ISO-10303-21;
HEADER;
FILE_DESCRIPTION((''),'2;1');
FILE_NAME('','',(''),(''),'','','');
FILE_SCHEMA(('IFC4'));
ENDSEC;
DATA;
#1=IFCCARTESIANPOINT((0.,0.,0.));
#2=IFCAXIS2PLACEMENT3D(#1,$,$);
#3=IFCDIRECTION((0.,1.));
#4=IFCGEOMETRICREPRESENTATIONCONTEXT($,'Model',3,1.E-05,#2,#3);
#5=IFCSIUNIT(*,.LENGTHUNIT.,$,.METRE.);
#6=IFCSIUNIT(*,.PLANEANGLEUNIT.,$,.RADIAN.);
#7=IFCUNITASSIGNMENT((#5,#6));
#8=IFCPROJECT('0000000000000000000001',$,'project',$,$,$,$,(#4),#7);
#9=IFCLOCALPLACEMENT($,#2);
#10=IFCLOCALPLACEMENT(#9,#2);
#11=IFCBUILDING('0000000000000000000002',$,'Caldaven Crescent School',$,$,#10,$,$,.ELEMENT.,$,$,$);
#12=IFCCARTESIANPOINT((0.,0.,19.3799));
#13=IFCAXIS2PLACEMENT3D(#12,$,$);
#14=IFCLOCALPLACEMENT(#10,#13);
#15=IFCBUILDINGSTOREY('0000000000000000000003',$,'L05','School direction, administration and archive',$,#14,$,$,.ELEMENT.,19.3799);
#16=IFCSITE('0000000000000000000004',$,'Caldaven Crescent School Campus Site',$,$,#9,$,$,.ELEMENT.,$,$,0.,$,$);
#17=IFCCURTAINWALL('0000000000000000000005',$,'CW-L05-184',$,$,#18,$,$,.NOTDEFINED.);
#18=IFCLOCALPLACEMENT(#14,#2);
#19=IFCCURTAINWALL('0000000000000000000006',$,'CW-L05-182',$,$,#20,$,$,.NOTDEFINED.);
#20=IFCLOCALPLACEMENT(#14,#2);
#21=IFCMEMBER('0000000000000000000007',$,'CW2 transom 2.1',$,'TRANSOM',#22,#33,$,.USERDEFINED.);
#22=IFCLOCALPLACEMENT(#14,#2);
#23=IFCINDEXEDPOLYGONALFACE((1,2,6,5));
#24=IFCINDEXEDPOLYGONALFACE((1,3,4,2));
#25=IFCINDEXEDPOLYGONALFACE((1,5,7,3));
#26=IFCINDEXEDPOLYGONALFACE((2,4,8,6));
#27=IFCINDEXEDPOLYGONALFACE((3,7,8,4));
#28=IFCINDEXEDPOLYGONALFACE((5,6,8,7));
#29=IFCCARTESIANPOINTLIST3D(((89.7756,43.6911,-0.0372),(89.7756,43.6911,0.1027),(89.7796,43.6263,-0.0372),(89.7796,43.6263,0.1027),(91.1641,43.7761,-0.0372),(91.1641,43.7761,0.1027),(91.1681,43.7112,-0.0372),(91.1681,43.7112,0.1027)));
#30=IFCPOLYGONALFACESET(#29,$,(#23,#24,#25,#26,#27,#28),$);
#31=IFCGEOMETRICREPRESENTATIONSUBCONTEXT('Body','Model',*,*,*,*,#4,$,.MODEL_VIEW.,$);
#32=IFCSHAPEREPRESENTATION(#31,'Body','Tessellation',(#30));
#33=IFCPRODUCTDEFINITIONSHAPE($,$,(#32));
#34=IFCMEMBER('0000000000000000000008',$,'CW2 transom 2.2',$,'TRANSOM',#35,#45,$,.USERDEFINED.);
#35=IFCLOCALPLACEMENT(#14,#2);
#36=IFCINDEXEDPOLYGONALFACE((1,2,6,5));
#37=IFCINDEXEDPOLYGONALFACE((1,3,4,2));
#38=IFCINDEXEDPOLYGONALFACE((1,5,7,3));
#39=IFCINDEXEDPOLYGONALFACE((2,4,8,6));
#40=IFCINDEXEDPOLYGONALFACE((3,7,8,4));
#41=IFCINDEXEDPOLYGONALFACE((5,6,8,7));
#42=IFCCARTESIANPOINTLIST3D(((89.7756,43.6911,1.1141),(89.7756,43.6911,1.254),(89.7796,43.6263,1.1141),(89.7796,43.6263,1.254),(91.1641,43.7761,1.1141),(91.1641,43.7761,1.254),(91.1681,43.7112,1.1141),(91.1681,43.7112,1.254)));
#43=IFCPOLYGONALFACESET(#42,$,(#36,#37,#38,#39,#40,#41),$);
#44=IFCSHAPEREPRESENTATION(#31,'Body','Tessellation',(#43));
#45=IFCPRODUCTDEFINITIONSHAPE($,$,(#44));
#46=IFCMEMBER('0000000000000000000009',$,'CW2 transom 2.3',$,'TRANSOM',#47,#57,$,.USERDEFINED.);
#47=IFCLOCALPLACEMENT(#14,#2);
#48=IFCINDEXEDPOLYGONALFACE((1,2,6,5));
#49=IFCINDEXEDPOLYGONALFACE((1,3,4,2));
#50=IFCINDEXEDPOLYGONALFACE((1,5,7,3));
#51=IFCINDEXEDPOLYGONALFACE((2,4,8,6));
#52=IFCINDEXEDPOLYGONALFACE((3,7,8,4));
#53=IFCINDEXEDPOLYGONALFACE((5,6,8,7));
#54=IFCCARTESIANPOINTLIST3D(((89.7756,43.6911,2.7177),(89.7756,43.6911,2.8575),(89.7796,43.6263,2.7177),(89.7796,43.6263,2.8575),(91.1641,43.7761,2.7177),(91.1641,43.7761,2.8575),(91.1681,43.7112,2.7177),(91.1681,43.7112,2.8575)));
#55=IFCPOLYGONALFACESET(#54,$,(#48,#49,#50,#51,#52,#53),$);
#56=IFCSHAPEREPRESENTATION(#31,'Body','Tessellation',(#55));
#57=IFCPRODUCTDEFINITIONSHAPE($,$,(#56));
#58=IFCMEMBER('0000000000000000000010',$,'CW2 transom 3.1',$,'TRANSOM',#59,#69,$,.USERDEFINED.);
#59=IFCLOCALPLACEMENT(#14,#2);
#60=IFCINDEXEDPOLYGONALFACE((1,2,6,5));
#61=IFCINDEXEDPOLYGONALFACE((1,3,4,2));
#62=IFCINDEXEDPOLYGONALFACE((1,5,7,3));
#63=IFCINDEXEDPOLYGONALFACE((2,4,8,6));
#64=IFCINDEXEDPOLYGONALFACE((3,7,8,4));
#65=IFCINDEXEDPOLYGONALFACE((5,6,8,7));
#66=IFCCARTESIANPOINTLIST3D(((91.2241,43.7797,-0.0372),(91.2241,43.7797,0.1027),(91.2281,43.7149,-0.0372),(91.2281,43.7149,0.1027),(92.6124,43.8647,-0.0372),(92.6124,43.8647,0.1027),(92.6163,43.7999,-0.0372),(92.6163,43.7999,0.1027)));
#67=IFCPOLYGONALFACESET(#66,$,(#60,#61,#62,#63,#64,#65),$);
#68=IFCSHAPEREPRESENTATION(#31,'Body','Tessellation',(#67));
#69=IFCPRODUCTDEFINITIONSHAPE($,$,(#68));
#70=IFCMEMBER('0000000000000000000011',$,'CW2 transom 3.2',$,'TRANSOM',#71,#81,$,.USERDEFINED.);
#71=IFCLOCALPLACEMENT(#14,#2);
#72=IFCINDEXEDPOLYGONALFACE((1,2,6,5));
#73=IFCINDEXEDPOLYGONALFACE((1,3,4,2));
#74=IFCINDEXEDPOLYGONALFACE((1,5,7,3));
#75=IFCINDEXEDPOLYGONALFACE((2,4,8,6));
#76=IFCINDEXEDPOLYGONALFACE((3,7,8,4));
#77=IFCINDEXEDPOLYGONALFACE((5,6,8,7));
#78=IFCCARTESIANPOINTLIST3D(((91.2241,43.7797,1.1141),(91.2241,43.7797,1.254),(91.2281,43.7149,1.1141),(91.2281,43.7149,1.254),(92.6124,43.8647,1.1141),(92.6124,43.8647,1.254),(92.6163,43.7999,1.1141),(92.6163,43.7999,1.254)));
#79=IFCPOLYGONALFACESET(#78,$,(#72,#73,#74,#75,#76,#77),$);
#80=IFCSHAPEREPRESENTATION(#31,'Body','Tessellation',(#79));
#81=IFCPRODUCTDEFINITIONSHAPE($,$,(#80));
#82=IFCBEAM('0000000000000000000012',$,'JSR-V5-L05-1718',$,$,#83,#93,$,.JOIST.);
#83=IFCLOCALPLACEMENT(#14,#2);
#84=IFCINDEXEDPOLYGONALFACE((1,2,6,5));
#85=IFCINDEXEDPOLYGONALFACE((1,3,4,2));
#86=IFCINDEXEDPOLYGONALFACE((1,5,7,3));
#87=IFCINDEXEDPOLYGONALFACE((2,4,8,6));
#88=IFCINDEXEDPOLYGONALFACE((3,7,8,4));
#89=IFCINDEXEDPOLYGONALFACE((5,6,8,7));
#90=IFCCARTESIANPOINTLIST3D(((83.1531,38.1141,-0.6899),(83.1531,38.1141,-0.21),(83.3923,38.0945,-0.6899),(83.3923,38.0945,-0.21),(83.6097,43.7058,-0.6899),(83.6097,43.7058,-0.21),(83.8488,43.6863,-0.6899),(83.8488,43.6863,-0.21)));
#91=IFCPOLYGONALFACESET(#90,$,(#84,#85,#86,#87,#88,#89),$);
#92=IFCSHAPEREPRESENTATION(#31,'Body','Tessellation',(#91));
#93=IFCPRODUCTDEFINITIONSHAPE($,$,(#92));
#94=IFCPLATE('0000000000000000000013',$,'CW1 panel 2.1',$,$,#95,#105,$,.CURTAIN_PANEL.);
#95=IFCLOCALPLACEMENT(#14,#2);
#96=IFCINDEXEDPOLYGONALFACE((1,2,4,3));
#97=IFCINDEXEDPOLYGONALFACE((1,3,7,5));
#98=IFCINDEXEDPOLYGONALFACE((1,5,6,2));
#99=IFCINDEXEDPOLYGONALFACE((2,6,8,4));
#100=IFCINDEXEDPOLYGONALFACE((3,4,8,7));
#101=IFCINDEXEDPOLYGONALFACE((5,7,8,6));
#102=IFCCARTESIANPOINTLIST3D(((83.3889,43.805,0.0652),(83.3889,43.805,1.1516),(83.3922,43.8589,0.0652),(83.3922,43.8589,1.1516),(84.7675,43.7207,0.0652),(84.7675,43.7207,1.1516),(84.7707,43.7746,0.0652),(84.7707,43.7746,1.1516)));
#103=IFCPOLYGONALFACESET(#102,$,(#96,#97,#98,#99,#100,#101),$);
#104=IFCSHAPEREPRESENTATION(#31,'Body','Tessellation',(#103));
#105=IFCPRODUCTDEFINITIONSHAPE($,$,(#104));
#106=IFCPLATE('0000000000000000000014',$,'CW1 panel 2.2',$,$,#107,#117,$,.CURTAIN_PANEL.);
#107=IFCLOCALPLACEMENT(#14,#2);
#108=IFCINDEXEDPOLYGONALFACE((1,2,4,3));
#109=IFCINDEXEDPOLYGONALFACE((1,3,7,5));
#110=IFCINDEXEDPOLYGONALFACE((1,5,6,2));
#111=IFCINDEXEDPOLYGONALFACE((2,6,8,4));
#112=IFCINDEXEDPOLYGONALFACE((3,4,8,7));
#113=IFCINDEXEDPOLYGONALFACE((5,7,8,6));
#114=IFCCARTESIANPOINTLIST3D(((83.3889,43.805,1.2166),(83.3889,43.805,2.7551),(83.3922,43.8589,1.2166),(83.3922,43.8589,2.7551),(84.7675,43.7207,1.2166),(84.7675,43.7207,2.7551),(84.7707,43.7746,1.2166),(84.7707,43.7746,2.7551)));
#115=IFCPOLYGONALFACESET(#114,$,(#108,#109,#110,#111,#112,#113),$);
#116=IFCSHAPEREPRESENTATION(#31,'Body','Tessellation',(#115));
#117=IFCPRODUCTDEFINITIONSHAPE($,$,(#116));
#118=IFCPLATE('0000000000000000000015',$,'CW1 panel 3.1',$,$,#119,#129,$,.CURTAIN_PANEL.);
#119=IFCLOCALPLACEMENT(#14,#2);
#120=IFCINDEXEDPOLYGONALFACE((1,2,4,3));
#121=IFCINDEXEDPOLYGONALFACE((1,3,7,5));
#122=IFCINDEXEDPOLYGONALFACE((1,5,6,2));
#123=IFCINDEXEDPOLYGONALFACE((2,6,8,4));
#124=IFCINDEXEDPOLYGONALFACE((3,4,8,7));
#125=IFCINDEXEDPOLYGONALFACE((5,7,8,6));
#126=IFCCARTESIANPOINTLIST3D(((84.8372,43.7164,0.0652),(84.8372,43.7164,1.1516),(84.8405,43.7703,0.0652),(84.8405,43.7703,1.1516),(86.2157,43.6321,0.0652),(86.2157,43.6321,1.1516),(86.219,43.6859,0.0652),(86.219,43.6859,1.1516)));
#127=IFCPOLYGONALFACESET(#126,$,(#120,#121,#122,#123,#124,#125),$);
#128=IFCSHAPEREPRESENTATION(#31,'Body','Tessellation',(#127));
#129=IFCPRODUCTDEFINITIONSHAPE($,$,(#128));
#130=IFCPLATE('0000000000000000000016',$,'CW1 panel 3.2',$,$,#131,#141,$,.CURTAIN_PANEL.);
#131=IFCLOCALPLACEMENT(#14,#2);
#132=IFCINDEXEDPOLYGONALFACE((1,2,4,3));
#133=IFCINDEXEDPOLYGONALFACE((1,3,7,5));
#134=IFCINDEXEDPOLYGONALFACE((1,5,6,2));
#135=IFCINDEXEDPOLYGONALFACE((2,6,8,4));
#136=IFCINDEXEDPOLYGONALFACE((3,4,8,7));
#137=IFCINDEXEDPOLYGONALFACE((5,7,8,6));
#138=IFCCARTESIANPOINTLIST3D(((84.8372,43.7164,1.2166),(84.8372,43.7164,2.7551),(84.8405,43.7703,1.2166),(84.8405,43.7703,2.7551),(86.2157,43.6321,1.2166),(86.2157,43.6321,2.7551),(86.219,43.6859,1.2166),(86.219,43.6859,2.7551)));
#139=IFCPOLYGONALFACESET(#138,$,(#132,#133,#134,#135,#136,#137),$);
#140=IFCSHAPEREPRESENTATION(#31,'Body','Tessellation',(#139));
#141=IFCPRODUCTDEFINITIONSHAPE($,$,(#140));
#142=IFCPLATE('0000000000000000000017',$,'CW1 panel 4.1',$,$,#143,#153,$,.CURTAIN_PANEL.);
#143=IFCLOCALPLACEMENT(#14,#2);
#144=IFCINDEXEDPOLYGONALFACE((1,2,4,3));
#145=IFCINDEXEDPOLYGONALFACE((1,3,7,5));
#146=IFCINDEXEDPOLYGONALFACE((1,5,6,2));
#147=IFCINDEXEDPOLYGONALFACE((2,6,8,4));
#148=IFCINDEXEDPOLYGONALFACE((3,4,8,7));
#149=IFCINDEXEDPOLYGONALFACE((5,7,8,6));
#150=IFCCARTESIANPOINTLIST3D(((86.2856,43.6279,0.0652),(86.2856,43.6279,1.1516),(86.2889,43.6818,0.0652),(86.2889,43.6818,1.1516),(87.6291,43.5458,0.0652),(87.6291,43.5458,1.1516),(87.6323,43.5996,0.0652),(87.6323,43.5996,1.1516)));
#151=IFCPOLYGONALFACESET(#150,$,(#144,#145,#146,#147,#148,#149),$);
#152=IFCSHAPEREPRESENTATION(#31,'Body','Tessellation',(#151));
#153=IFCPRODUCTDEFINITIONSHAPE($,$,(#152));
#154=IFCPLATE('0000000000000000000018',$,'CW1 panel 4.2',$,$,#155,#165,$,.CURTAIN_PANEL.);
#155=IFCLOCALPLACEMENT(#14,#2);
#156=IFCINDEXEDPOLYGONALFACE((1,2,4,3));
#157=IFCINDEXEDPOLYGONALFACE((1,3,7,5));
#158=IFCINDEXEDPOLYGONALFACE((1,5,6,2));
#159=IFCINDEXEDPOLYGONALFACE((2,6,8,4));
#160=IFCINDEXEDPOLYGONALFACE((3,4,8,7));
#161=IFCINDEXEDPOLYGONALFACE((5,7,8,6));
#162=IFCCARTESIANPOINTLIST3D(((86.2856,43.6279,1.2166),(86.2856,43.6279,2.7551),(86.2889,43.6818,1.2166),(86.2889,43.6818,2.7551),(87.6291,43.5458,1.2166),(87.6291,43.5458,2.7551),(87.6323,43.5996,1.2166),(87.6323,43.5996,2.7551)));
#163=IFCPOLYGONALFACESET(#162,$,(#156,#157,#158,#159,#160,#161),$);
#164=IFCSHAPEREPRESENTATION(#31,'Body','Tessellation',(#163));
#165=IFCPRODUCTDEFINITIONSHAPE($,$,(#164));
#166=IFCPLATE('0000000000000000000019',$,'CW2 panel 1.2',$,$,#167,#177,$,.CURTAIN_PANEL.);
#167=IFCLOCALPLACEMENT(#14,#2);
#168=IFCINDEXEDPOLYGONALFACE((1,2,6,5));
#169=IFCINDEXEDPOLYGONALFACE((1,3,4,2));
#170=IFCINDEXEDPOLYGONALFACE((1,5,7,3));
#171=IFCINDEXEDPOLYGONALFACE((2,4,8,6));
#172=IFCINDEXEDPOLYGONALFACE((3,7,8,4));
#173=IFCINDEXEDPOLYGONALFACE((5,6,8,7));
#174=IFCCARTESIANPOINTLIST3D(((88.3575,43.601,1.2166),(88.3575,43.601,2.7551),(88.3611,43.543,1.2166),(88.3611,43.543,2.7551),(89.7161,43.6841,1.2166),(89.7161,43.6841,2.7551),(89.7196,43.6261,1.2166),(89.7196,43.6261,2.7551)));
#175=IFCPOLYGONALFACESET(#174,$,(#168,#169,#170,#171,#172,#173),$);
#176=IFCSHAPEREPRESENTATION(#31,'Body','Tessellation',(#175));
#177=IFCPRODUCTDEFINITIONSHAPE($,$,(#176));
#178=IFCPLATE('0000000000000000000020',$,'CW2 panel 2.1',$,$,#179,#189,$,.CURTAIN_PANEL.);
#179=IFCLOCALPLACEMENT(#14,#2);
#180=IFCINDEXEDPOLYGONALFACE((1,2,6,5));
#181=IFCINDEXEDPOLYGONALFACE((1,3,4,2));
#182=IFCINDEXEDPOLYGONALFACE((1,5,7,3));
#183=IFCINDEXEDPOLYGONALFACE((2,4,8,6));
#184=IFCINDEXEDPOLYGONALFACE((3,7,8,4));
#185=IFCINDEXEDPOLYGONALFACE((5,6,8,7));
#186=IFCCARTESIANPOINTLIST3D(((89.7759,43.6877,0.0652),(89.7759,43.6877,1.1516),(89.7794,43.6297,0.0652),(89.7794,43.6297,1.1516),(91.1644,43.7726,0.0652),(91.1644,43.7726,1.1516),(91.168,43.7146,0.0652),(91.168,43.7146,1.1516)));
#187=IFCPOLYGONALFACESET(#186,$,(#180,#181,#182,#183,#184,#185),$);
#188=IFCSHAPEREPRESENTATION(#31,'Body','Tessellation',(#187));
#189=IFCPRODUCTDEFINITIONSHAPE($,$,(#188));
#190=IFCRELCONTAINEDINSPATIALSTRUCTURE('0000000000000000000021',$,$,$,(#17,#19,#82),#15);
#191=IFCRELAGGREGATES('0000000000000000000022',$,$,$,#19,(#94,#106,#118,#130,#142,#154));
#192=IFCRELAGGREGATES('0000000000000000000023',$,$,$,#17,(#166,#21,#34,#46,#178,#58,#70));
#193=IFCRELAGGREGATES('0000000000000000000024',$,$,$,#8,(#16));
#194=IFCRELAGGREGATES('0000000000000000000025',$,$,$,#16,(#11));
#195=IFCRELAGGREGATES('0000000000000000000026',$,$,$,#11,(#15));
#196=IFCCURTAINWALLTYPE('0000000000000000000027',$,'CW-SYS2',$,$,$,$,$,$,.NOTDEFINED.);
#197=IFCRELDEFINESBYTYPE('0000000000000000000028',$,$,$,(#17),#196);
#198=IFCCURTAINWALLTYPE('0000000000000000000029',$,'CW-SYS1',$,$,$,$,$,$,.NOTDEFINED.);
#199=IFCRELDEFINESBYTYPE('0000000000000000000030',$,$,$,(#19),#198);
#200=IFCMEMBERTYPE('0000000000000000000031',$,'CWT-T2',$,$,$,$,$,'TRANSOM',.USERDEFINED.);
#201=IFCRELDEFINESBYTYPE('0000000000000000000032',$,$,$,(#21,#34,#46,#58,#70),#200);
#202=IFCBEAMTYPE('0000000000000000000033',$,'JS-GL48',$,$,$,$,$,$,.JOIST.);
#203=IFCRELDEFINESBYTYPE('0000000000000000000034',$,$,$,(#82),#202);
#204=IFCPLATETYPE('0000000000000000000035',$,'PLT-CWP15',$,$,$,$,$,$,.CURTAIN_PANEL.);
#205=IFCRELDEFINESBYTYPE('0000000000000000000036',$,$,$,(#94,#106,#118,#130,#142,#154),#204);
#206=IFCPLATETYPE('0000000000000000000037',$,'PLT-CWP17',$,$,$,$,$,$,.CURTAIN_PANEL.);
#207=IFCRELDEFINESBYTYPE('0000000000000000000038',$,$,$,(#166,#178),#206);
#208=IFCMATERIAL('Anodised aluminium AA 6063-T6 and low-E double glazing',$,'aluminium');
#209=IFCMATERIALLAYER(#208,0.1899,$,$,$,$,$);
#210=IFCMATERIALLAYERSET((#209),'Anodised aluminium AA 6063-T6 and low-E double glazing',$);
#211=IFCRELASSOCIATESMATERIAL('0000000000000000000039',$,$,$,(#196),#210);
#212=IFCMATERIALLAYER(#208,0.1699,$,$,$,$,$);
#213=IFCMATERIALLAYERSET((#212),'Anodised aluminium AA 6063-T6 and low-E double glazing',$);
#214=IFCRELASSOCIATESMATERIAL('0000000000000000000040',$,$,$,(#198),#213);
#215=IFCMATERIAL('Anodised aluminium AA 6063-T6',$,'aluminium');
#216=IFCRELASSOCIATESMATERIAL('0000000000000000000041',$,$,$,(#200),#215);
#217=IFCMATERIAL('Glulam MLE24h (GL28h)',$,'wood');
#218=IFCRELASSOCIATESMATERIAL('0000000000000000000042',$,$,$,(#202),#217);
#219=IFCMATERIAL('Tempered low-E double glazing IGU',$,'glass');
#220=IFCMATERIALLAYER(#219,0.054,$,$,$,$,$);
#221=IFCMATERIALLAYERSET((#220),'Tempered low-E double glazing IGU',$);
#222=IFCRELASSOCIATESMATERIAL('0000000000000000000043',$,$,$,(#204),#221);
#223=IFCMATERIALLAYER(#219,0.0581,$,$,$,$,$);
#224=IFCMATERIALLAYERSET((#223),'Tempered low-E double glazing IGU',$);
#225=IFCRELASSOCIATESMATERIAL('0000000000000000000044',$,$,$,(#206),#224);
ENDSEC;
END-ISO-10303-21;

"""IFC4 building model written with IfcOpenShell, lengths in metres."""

from ifc_helpers import new_model, si_unit, direction, frame, origin, origin_2d, place, context, subcontext, project, spatial, rectangle, extrude, material, layer, layer_set, material_profile, profile_set, type_object, element, aggregate, save


model = new_model("IFC4")

# Units and contexts
model_context = context("Model", 3, precision=1e-05, world=origin(), true_north=direction((0.0, 1.0)))
body_context = subcontext(model_context, "Body", "Model", "MODEL_VIEW")
ifc_project = project(units=[si_unit("LENGTHUNIT", "METRE"), si_unit("PLANEANGLEUNIT", "RADIAN")], contexts=[model_context])

# Site, building, storey
site_placement = place(None, origin())
site = spatial("IfcSite", under=ifc_project, at=site_placement, Name="Caldaven Crescent School Campus Site", CompositionType="ELEMENT", RefElevation=0.0)
building_placement = place(site_placement, origin())
building = spatial("IfcBuilding", under=site, at=building_placement, Name="Caldaven Crescent School", CompositionType="ELEMENT")
storey_placement = place(building_placement, frame((0.0, 0.0, 19.3799)))
storey = spatial("IfcBuildingStorey", under=building, at=storey_placement, Name="L05", Description="School direction, administration and archive", CompositionType="ELEMENT", Elevation=19.3799)

# Curtain walls
ifc_material_1 = material(Name="Anodised aluminium AA 6063-T6 and low-E double glazing", Category="aluminium")
ifc_layer_1 = layer(ifc_material_1, 0.1899)
ifc_layer_set_1 = layer_set([ifc_layer_1], Name="Anodised aluminium AA 6063-T6 and low-E double glazing")
curtain_wall_type_1 = type_object("IfcCurtainWallType", Name="CW-SYS2", PredefinedType="NOTDEFINED", material=ifc_layer_set_1)
curtain_wall_1_placement = place(storey_placement, origin())
curtain_wall_1 = element("IfcCurtainWall", 1, at=curtain_wall_1_placement, inside=storey, type_object=curtain_wall_type_1, Name="CW-L05-184", PredefinedType="NOTDEFINED")
ifc_material_2 = material(Name="Anodised aluminium AA 6063-T6", Category="aluminium")
ifc_layer_2 = layer(ifc_material_1, 0.1699)
ifc_layer_set_2 = layer_set([ifc_layer_2], Name="Anodised aluminium AA 6063-T6 and low-E double glazing")
curtain_wall_type_2 = type_object("IfcCurtainWallType", Name="CW-SYS1", PredefinedType="NOTDEFINED", material=ifc_layer_set_2)
curtain_wall_2_placement = place(storey_placement, origin())
curtain_wall_2 = element("IfcCurtainWall", 2, at=curtain_wall_2_placement, inside=storey, type_object=curtain_wall_type_2, Name="CW-L05-182", PredefinedType="NOTDEFINED")
ifc_material_profile_1 = material_profile(ifc_material_2, rectangle(XDim=0.0649, YDim=0.1399, at=origin_2d()), Name="CWT 65x140")
ifc_profile_set_1 = profile_set([ifc_material_profile_1], Name="Anodised aluminium AA 6063-T6")
member_type_1 = type_object("IfcMemberType", Name="CWT-T2", ElementType="TRANSOM", PredefinedType="USERDEFINED", material=ifc_profile_set_1)

# Members
member_1_placement = place(storey_placement, frame((89.7776, 43.6587, 0.0327), z_axis=(0.998133, 0.061078, 0.0), x_axis=(-0.061078, 0.998133, 0.0)))
member_1 = element("IfcMember", 3, at=member_1_placement, type_object=member_type_1, Name="CW2 transom 2.1", ObjectType="TRANSOM", PredefinedType="USERDEFINED", context=body_context, shape_type="SweptSolid", body=[
    extrude(rectangle(XDim=0.0649, YDim=0.1399, at=origin_2d()), origin(), (0.0, 0.0, 1.0), 1.3911),
])
member_2_placement = place(storey_placement, frame((89.7776, 43.6587, 1.1841), z_axis=(0.998133, 0.061078, 0.0), x_axis=(-0.061078, 0.998133, 0.0)))
member_2 = element("IfcMember", 4, at=member_2_placement, type_object=member_type_1, Name="CW2 transom 2.2", ObjectType="TRANSOM", PredefinedType="USERDEFINED", context=body_context, shape_type="SweptSolid", body=[
    extrude(rectangle(XDim=0.0649, YDim=0.1399, at=origin_2d()), origin(), (0.0, 0.0, 1.0), 1.3911),
])
member_3_placement = place(storey_placement, frame((89.7776, 43.6587, 2.7876), z_axis=(0.998133, 0.061078, 0.0), x_axis=(-0.061078, 0.998133, 0.0)))
member_3 = element("IfcMember", 5, at=member_3_placement, type_object=member_type_1, Name="CW2 transom 2.3", ObjectType="TRANSOM", PredefinedType="USERDEFINED", context=body_context, shape_type="SweptSolid", body=[
    extrude(rectangle(XDim=0.0649, YDim=0.1399, at=origin_2d()), origin(), (0.0, 0.0, 1.0), 1.3911),
])
member_4_placement = place(storey_placement, frame((91.2261, 43.7473, 0.0327), z_axis=(0.998132, 0.061089, 0.0), x_axis=(-0.061089, 0.998132, 0.0)))
member_4 = element("IfcMember", 6, at=member_4_placement, type_object=member_type_1, Name="CW2 transom 3.1", ObjectType="TRANSOM", PredefinedType="USERDEFINED", context=body_context, shape_type="SweptSolid", body=[
    extrude(rectangle(XDim=0.0649, YDim=0.1399, at=origin_2d()), origin(), (0.0, 0.0, 1.0), 1.3909),
])
member_5_placement = place(storey_placement, frame((91.2261, 43.7473, 1.1841), z_axis=(0.998132, 0.061089, 0.0), x_axis=(-0.061089, 0.998132, 0.0)))
member_5 = element("IfcMember", 7, at=member_5_placement, type_object=member_type_1, Name="CW2 transom 3.2", ObjectType="TRANSOM", PredefinedType="USERDEFINED", context=body_context, shape_type="SweptSolid", body=[
    extrude(rectangle(XDim=0.0649, YDim=0.1399, at=origin_2d()), origin(), (0.0, 0.0, 1.0), 1.3909),
])

# Beam
ifc_material_3 = material(Name="Glulam MLE24h (GL28h)", Category="wood")
ifc_material_profile_2 = material_profile(ifc_material_3, rectangle(XDim=0.24, YDim=0.48, at=origin_2d()), Name="MLE 240x480")
ifc_profile_set_2 = profile_set([ifc_material_profile_2], Name="Glulam MLE24h (GL28h)")
beam_type = type_object("IfcBeamType", Name="JS-GL48", PredefinedType="JOIST", material=ifc_profile_set_2)
beam_placement = place(storey_placement, frame((83.7292, 43.696, -0.45), z_axis=(-0.081374, -0.996684, 0.0), x_axis=(0.996684, -0.081374, 0.0)))
element("IfcBeam", 8, at=beam_placement, inside=storey, type_object=beam_type, Name="JSR-V5-L05-1718", PredefinedType="JOIST", context=body_context, shape_type="SweptSolid", body=[
    extrude(rectangle(XDim=0.24, YDim=0.48, at=origin_2d()), origin(), (0.0, 0.0, 1.0), 5.6104),
])

# Plates
ifc_material_4 = material(Name="Tempered low-E double glazing IGU", Category="glass")
ifc_layer_3 = layer(ifc_material_4, 0.054)
ifc_layer_set_3 = layer_set([ifc_layer_3], Name="Tempered low-E double glazing IGU")
plate_type_1 = type_object("IfcPlateType", Name="PLT-CWP15", PredefinedType="CURTAIN_PANEL", material=ifc_layer_set_3)
plate_1_placement = place(storey_placement, frame((84.0798, 43.7898, 0.0652), z_axis=(0.0, 0.0, 1.0), x_axis=(0.998135, -0.061049, 0.0)))
plate_1 = element("IfcPlate", 9, at=plate_1_placement, type_object=plate_type_1, Name="CW1 panel 2.1", PredefinedType="CURTAIN_PANEL", context=body_context, shape_type="SweptSolid", body=[
    extrude(rectangle(XDim=1.3811, YDim=0.054, at=origin_2d()), origin(), (0.0, 0.0, 1.0), 1.0864),
])
plate_2_placement = place(storey_placement, frame((84.0798, 43.7898, 1.2166), z_axis=(0.0, 0.0, 1.0), x_axis=(0.998135, -0.061049, 0.0)))
plate_2 = element("IfcPlate", 10, at=plate_2_placement, type_object=plate_type_1, Name="CW1 panel 2.2", PredefinedType="CURTAIN_PANEL", context=body_context, shape_type="SweptSolid", body=[
    extrude(rectangle(XDim=1.3811, YDim=0.054, at=origin_2d()), origin(), (0.0, 0.0, 1.0), 1.5386),
])
plate_3_placement = place(storey_placement, frame((85.5281, 43.7012, 0.0652), z_axis=(0.0, 0.0, 1.0), x_axis=(0.998135, -0.061049, 0.0)))
plate_3 = element("IfcPlate", 11, at=plate_3_placement, type_object=plate_type_1, Name="CW1 panel 3.1", PredefinedType="CURTAIN_PANEL", context=body_context, shape_type="SweptSolid", body=[
    extrude(rectangle(XDim=1.3811, YDim=0.054, at=origin_2d()), origin(), (0.0, 0.0, 1.0), 1.0864),
])
plate_4_placement = place(storey_placement, frame((85.5281, 43.7012, 1.2166), z_axis=(0.0, 0.0, 1.0), x_axis=(0.998135, -0.061049, 0.0)))
plate_4 = element("IfcPlate", 12, at=plate_4_placement, type_object=plate_type_1, Name="CW1 panel 3.2", PredefinedType="CURTAIN_PANEL", context=body_context, shape_type="SweptSolid", body=[
    extrude(rectangle(XDim=1.3811, YDim=0.054, at=origin_2d()), origin(), (0.0, 0.0, 1.0), 1.5386),
])
plate_5_placement = place(storey_placement, frame((86.959, 43.6138, 0.0652), z_axis=(0.0, 0.0, 1.0), x_axis=(0.998135, -0.061049, 0.0)))
plate_5 = element("IfcPlate", 13, at=plate_5_placement, type_object=plate_type_1, Name="CW1 panel 4.1", PredefinedType="CURTAIN_PANEL", context=body_context, shape_type="SweptSolid", body=[
    extrude(rectangle(XDim=1.3459, YDim=0.054, at=origin_2d()), origin(), (0.0, 0.0, 1.0), 1.0864),
])
plate_6_placement = place(storey_placement, frame((86.959, 43.6138, 1.2166), z_axis=(0.0, 0.0, 1.0), x_axis=(0.998135, -0.061049, 0.0)))
plate_6 = element("IfcPlate", 14, at=plate_6_placement, type_object=plate_type_1, Name="CW1 panel 4.2", PredefinedType="CURTAIN_PANEL", context=body_context, shape_type="SweptSolid", body=[
    extrude(rectangle(XDim=1.3459, YDim=0.054, at=origin_2d()), origin(), (0.0, 0.0, 1.0), 1.5386),
])
aggregate(curtain_wall_2, [plate_1, plate_2, plate_3, plate_4, plate_5, plate_6])
ifc_layer_4 = layer(ifc_material_4, 0.0581)
ifc_layer_set_4 = layer_set([ifc_layer_4], Name="Tempered low-E double glazing IGU")
plate_type_2 = type_object("IfcPlateType", Name="PLT-CWP17", PredefinedType="CURTAIN_PANEL", material=ifc_layer_set_4)
plate_7_placement = place(storey_placement, frame((89.0386, 43.6135, 1.2166), z_axis=(0.0, 0.0, 1.0), x_axis=(0.998135, 0.061049, 0.0)))
plate_7 = element("IfcPlate", 15, at=plate_7_placement, type_object=plate_type_2, Name="CW2 panel 1.2", PredefinedType="CURTAIN_PANEL", context=body_context, shape_type="SweptSolid", body=[
    extrude(rectangle(XDim=1.3611, YDim=0.0581, at=origin_2d()), origin(), (0.0, 0.0, 1.0), 1.5386),
])
plate_8_placement = place(storey_placement, frame((90.4719, 43.7012, 0.0652), z_axis=(0.0, 0.0, 1.0), x_axis=(0.998135, 0.061049, 0.0)))
plate_8 = element("IfcPlate", 16, at=plate_8_placement, type_object=plate_type_2, Name="CW2 panel 2.1", PredefinedType="CURTAIN_PANEL", context=body_context, shape_type="SweptSolid", body=[
    extrude(rectangle(XDim=1.3911, YDim=0.0581, at=origin_2d()), origin(), (0.0, 0.0, 1.0), 1.0864),
])
aggregate(curtain_wall_1, [plate_7, member_1, member_2, member_3, plate_8, member_4, member_5])

save(model, "model.ifc")
